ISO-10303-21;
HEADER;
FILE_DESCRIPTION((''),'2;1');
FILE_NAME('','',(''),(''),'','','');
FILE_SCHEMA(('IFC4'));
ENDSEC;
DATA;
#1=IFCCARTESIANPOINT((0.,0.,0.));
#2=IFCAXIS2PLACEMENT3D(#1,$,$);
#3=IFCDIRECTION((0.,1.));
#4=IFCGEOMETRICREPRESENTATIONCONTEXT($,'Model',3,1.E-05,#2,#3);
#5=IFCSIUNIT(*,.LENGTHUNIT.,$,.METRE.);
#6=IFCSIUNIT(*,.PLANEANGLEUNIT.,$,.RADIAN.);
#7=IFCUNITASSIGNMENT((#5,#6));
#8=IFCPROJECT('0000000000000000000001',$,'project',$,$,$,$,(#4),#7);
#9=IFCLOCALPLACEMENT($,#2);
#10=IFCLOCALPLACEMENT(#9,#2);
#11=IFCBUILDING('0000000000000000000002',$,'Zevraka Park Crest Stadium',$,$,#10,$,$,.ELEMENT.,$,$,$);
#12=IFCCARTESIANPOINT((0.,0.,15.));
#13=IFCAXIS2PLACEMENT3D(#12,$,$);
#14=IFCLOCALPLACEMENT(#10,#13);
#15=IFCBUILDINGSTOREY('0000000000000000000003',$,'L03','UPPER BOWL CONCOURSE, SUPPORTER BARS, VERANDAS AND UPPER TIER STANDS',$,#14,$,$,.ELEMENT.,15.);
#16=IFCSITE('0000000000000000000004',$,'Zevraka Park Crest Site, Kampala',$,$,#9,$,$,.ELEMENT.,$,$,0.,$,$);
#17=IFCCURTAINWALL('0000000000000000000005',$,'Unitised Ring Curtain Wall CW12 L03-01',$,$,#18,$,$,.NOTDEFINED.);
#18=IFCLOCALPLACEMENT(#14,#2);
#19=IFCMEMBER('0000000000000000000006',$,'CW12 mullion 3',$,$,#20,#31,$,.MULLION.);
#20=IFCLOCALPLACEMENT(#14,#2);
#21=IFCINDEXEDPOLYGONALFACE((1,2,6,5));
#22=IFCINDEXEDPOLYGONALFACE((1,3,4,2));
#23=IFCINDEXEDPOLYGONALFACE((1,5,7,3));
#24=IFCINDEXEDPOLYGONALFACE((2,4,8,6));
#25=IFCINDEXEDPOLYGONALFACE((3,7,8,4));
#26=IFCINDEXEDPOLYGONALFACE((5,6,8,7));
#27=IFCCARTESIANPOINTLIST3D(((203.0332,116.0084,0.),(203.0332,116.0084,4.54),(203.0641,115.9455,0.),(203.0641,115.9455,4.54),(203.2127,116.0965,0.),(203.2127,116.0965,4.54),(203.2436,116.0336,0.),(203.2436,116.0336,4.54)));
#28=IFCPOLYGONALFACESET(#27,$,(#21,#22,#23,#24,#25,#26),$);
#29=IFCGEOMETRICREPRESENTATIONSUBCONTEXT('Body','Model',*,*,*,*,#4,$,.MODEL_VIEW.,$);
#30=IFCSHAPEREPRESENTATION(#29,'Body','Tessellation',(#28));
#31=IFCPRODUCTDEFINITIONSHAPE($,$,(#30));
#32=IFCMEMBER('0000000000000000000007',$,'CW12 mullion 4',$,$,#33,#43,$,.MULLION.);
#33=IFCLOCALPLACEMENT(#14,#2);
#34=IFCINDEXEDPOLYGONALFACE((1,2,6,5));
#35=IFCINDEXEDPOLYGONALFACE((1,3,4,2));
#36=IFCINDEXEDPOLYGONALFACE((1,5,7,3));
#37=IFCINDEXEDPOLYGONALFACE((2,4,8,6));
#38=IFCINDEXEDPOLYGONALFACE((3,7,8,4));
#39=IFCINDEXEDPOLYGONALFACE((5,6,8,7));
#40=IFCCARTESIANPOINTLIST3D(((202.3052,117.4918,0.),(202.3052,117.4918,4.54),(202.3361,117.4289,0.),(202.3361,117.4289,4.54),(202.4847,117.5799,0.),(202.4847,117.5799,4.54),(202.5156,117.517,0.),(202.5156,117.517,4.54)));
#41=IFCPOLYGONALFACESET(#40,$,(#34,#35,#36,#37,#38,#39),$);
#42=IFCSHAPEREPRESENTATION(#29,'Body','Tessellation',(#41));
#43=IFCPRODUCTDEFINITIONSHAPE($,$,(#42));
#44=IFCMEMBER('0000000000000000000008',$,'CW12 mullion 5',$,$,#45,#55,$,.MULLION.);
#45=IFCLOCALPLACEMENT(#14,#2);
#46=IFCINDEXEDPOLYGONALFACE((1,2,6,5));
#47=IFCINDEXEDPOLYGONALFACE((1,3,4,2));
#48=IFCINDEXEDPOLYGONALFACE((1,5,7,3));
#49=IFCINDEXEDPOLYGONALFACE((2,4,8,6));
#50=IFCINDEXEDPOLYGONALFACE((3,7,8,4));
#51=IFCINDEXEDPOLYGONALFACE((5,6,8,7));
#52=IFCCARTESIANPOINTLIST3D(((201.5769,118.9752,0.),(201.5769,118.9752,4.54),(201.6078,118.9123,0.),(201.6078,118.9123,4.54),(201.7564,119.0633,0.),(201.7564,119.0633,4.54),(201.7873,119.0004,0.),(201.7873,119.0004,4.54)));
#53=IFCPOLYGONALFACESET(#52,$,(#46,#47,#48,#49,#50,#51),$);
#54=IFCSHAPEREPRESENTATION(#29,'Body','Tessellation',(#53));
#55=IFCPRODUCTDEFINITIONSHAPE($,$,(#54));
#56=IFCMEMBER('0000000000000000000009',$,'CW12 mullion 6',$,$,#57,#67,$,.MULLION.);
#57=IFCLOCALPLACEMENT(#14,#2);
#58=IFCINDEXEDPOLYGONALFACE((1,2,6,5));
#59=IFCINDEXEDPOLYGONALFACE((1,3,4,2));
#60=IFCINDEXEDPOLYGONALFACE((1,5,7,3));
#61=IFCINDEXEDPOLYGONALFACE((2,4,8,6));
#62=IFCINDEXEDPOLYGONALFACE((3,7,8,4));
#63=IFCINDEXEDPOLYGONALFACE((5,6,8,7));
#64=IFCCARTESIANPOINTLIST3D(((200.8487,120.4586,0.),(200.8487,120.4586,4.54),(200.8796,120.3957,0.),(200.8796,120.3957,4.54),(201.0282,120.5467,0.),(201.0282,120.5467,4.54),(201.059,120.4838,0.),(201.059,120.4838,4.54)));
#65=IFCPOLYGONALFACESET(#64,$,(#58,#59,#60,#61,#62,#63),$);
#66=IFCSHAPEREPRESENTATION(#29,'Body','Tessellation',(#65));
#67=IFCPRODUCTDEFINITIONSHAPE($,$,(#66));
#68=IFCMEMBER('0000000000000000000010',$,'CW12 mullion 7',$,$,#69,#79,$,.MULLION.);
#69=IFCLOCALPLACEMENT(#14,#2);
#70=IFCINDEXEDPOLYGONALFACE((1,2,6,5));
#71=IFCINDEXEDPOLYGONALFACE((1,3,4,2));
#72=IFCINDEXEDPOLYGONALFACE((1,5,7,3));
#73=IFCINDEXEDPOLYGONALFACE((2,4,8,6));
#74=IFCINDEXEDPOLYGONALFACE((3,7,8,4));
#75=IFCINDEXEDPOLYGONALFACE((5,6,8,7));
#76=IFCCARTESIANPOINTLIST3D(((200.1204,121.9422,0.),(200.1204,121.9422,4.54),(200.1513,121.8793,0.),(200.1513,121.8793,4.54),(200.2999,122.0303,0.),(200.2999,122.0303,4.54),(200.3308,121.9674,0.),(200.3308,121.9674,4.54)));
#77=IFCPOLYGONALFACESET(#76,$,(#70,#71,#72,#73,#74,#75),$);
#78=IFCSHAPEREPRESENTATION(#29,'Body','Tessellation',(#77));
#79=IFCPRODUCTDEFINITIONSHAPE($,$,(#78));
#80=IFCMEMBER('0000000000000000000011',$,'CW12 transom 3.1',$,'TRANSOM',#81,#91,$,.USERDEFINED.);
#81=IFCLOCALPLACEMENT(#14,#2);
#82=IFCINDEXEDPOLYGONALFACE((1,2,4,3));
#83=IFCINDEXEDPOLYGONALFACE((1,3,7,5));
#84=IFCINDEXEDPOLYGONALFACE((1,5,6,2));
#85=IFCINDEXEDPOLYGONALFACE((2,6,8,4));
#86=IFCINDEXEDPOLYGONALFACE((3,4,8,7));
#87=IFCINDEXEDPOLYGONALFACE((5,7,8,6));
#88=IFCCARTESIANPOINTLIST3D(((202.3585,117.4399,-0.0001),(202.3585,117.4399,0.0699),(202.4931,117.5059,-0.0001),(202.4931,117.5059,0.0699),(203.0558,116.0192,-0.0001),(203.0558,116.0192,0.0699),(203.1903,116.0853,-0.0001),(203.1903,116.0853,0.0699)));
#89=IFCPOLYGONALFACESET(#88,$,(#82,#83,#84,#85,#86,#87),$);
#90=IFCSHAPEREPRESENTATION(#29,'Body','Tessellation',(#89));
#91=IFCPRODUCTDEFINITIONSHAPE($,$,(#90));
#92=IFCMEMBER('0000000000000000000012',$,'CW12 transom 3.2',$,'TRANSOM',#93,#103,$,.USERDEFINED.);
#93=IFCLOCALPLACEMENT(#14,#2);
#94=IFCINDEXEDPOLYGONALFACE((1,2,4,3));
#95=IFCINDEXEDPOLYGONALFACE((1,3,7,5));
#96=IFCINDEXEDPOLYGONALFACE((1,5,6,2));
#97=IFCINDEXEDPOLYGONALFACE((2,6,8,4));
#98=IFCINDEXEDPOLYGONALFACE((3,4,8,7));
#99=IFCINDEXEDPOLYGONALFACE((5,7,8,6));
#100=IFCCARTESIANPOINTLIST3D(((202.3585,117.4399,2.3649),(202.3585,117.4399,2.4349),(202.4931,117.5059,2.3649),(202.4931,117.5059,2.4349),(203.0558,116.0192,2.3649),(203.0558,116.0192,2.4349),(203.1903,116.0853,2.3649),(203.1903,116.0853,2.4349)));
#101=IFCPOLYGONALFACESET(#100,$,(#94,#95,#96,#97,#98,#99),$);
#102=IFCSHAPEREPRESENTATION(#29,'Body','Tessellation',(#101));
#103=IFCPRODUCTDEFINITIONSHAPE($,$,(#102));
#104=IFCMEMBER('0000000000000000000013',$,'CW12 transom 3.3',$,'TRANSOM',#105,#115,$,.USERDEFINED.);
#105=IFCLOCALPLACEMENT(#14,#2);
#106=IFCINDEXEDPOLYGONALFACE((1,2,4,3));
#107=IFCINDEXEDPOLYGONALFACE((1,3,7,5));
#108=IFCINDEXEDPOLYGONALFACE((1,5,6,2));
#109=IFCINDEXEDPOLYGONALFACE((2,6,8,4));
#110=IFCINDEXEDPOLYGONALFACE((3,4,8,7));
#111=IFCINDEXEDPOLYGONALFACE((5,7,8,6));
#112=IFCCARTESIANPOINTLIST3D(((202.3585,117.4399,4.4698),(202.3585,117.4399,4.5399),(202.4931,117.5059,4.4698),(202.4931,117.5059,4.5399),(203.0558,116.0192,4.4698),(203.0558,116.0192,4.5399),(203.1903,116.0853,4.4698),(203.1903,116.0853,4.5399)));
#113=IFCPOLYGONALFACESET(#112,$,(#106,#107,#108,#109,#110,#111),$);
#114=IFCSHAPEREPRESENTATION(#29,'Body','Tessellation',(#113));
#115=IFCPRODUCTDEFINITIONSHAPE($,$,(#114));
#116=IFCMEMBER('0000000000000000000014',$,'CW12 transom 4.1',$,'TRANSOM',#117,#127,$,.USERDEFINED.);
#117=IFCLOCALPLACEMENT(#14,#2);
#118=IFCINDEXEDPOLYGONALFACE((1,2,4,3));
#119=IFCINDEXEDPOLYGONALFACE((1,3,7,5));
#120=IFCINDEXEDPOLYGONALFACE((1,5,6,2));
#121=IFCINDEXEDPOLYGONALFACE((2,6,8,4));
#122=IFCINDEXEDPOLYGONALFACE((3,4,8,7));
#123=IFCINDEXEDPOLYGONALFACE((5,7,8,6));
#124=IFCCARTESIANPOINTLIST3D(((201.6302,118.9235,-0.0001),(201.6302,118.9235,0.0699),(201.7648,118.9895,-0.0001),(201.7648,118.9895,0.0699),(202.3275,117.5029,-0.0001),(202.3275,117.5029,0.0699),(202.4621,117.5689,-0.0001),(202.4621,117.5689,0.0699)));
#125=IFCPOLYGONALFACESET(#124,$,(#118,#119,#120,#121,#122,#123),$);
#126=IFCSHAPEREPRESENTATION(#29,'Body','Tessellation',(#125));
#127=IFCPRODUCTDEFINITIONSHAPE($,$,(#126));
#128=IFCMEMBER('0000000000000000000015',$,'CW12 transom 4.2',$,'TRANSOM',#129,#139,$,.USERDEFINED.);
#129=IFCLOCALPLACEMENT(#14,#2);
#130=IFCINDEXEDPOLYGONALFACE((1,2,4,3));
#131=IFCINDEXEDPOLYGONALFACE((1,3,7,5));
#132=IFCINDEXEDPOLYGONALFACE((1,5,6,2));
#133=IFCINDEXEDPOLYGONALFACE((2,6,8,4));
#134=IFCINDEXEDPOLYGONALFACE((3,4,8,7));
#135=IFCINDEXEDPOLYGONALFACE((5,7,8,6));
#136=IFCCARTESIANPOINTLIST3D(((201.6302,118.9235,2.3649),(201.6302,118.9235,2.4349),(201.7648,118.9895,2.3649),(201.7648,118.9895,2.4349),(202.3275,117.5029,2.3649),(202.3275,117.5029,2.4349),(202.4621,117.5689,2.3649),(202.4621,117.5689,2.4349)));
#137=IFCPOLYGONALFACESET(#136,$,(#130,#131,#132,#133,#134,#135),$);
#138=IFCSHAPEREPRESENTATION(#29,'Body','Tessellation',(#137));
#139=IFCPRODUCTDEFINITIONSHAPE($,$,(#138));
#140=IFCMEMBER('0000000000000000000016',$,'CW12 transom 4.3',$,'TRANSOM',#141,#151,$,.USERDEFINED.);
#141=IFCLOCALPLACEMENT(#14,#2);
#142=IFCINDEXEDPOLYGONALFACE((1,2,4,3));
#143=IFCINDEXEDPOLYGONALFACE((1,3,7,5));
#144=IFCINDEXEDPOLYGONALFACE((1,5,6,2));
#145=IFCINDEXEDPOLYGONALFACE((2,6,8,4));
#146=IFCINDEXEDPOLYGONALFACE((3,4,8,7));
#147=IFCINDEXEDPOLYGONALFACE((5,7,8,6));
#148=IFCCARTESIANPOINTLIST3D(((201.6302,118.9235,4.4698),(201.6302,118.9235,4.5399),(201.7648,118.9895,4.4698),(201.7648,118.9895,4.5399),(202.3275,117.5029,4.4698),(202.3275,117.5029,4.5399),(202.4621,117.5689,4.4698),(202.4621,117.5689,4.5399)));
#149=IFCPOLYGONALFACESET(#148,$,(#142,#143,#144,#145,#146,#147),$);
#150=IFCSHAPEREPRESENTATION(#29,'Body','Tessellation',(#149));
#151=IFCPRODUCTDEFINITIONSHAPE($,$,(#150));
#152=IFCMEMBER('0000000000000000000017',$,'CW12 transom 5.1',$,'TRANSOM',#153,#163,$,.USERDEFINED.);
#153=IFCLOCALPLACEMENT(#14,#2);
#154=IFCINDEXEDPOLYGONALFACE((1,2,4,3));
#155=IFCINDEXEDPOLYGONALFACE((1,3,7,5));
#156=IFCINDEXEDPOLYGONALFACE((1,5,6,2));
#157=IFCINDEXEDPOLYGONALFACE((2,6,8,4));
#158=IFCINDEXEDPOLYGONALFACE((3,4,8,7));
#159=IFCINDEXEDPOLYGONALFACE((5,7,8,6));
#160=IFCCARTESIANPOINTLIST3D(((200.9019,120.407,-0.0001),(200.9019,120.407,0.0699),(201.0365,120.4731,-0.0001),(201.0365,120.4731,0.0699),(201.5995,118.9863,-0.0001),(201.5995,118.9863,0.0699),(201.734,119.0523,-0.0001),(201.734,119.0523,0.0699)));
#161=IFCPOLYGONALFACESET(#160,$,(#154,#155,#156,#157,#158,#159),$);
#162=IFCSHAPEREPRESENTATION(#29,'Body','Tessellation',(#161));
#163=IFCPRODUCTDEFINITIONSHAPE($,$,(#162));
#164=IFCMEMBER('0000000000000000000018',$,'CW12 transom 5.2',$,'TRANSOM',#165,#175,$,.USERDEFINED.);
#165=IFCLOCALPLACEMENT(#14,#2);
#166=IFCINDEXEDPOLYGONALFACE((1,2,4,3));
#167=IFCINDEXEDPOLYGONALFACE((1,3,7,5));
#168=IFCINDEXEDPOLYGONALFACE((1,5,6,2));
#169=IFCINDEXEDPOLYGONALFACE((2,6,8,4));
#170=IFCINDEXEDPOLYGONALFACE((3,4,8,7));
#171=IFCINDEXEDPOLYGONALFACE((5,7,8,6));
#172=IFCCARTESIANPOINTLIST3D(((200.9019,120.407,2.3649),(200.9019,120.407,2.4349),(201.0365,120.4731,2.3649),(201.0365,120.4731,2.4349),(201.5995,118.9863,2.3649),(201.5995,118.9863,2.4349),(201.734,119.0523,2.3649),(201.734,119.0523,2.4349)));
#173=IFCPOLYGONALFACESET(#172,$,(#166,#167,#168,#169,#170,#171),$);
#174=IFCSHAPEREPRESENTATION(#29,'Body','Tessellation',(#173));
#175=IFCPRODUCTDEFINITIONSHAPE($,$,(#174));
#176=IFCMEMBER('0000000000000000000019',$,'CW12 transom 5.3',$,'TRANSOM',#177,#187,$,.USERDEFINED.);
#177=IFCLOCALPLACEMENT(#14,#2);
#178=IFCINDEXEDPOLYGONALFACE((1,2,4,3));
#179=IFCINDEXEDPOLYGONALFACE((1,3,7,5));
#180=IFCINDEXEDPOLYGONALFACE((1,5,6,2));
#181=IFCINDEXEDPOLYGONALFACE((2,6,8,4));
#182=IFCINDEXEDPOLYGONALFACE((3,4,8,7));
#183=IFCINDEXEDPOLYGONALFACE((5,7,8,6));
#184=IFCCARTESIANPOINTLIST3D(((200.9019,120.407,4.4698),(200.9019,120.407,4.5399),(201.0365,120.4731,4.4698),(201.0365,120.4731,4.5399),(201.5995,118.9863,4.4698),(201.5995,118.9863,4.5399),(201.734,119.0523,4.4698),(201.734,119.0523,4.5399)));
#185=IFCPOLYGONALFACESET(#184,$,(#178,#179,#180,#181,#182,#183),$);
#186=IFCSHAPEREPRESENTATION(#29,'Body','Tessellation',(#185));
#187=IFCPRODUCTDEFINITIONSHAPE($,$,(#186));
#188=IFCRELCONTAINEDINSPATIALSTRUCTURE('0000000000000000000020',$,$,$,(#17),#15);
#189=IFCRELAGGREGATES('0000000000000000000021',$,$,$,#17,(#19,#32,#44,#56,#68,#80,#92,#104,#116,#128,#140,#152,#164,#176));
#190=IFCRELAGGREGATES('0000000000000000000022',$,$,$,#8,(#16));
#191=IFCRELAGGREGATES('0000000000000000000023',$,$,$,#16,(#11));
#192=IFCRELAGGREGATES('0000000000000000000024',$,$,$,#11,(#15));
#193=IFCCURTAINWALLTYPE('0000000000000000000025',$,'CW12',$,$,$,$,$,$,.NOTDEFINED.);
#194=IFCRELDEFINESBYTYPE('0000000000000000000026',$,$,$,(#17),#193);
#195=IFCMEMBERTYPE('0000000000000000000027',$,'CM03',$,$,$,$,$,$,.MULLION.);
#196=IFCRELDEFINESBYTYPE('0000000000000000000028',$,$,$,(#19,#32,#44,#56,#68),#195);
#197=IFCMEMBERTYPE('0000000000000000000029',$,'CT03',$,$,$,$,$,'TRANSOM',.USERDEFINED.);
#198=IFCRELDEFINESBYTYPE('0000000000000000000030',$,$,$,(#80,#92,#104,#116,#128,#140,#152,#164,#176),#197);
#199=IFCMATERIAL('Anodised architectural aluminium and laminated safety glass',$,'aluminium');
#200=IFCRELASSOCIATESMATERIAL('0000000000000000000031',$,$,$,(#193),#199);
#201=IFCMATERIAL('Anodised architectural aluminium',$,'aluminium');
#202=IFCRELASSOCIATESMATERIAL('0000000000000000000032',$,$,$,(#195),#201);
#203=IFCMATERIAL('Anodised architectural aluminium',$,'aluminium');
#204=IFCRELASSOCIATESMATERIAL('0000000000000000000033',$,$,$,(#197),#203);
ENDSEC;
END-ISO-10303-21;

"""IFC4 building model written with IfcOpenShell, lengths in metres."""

from ifc_helpers import new_model, si_unit, direction, frame, origin, origin_2d, place, context, subcontext, project, spatial, rectangle, extrude, material, material_profile, profile_set, type_object, element, aggregate, save


model = new_model("IFC4")

# Units and contexts
model_context = context("Model", 3, precision=1e-05, world=origin(), true_north=direction((0.0, 1.0)))
body_context = subcontext(model_context, "Body", "Model", "MODEL_VIEW")
ifc_project = project(units=[si_unit("LENGTHUNIT", "METRE"), si_unit("PLANEANGLEUNIT", "RADIAN")], contexts=[model_context])

# Site, building, storey
site_placement = place(None, origin())
site = spatial("IfcSite", under=ifc_project, at=site_placement, Name="Zevraka Park Crest Site, Kampala", CompositionType="ELEMENT", RefElevation=0.0)
building_placement = place(site_placement, origin())
building = spatial("IfcBuilding", under=site, at=building_placement, Name="Zevraka Park Crest Stadium", CompositionType="ELEMENT")
storey_placement = place(building_placement, frame((0.0, 0.0, 15.0)))
storey = spatial("IfcBuildingStorey", under=building, at=storey_placement, Name="L03", Description="UPPER BOWL CONCOURSE, SUPPORTER BARS, VERANDAS AND UPPER TIER STANDS", CompositionType="ELEMENT", Elevation=15.0)

# Curtain wall, members
ifc_material_1 = material(Name="Anodised architectural aluminium and laminated safety glass", Category="aluminium")
curtain_wall_type = type_object("IfcCurtainWallType", Name="CW12", PredefinedType="NOTDEFINED", material=ifc_material_1)
curtain_wall_placement = place(storey_placement, origin())
curtain_wall = element("IfcCurtainWall", 1, at=curtain_wall_placement, inside=storey, type_object=curtain_wall_type, Name="Unitised Ring Curtain Wall CW12 L03-01", PredefinedType="NOTDEFINED")
ifc_material_2 = material(Name="Anodised architectural aluminium", Category="aluminium")
ifc_material_profile_1 = material_profile(ifc_material_2, rectangle(XDim=0.2, YDim=0.0701, at=origin_2d()), Name="ALU MULLION 200x70")
ifc_profile_set_1 = profile_set([ifc_material_profile_1], Name="Anodised architectural aluminium")
member_type_1 = type_object("IfcMemberType", Name="CM03", PredefinedType="MULLION", material=ifc_profile_set_1)
member_1_placement = place(storey_placement, frame((203.1384, 116.021, 0.0), z_axis=(0.0, 0.0, 1.0), x_axis=(-0.897671, -0.440666, 0.0)))
member_1 = element("IfcMember", 2, at=member_1_placement, type_object=member_type_1, Name="CW12 mullion 3", PredefinedType="MULLION", context=body_context, shape_type="SweptSolid", body=[
    extrude(rectangle(XDim=0.2, YDim=0.0701, at=origin_2d()), origin(), (0.0, 0.0, 1.0), 4.54),
])
member_2_placement = place(storey_placement, frame((202.4104, 117.5044, 0.0), z_axis=(0.0, 0.0, 1.0), x_axis=(-0.897671, -0.440666, 0.0)))
member_2 = element("IfcMember", 3, at=member_2_placement, type_object=member_type_1, Name="CW12 mullion 4", PredefinedType="MULLION", context=body_context, shape_type="SweptSolid", body=[
    extrude(rectangle(XDim=0.2, YDim=0.0701, at=origin_2d()), origin(), (0.0, 0.0, 1.0), 4.54),
])
member_3_placement = place(storey_placement, frame((201.6821, 118.9878, 0.0), z_axis=(0.0, 0.0, 1.0), x_axis=(-0.897671, -0.440666, 0.0)))
member_3 = element("IfcMember", 4, at=member_3_placement, type_object=member_type_1, Name="CW12 mullion 5", PredefinedType="MULLION", context=body_context, shape_type="SweptSolid", body=[
    extrude(rectangle(XDim=0.2, YDim=0.0701, at=origin_2d()), origin(), (0.0, 0.0, 1.0), 4.54),
])
member_4_placement = place(storey_placement, frame((200.9539, 120.4712, 0.0), z_axis=(0.0, 0.0, 1.0), x_axis=(-0.897671, -0.440666, 0.0)))
member_4 = element("IfcMember", 5, at=member_4_placement, type_object=member_type_1, Name="CW12 mullion 6", PredefinedType="MULLION", context=body_context, shape_type="SweptSolid", body=[
    extrude(rectangle(XDim=0.2, YDim=0.0701, at=origin_2d()), origin(), (0.0, 0.0, 1.0), 4.54),
])
member_5_placement = place(storey_placement, frame((200.2256, 121.9548, 0.0), z_axis=(0.0, 0.0, 1.0), x_axis=(-0.897671, -0.440666, 0.0)))
member_5 = element("IfcMember", 6, at=member_5_placement, type_object=member_type_1, Name="CW12 mullion 7", PredefinedType="MULLION", context=body_context, shape_type="SweptSolid", body=[
    extrude(rectangle(XDim=0.2, YDim=0.0701, at=origin_2d()), origin(), (0.0, 0.0, 1.0), 4.54),
])
ifc_material_3 = material(Name="Anodised architectural aluminium", Category="aluminium")
ifc_material_profile_2 = material_profile(ifc_material_3, rectangle(XDim=0.1499, YDim=0.0701, at=origin_2d()), Name="ALU TRANSOM 150x70")
ifc_profile_set_2 = profile_set([ifc_material_profile_2], Name="Anodised architectural aluminium")
member_type_2 = type_object("IfcMemberType", Name="CT03", ElementType="TRANSOM", PredefinedType="USERDEFINED", material=ifc_profile_set_2)
member_6_placement = place(storey_placement, frame((203.123, 116.0522, 0.0349), z_axis=(-0.440599, 0.897704, 0.0), x_axis=(-0.897704, -0.440599, 0.0)))
member_6 = element("IfcMember", 7, at=member_6_placement, type_object=member_type_2, Name="CW12 transom 3.1", ObjectType="TRANSOM", PredefinedType="USERDEFINED", context=body_context, shape_type="SweptSolid", body=[
    extrude(rectangle(XDim=0.1499, YDim=0.0701, at=origin_2d()), origin(), (0.0, 0.0, 1.0), 1.5825),
])
member_7_placement = place(storey_placement, frame((203.123, 116.0522, 2.3999), z_axis=(-0.440599, 0.897704, 0.0), x_axis=(-0.897704, -0.440599, 0.0)))
member_7 = element("IfcMember", 8, at=member_7_placement, type_object=member_type_2, Name="CW12 transom 3.2", ObjectType="TRANSOM", PredefinedType="USERDEFINED", context=body_context, shape_type="SweptSolid", body=[
    extrude(rectangle(XDim=0.1499, YDim=0.0701, at=origin_2d()), origin(), (0.0, 0.0, 1.0), 1.5825),
])
member_8_placement = place(storey_placement, frame((203.123, 116.0522, 4.5049), z_axis=(-0.440599, 0.897704, 0.0), x_axis=(-0.897704, -0.440599, 0.0)))
member_8 = element("IfcMember", 9, at=member_8_placement, type_object=member_type_2, Name="CW12 transom 3.3", ObjectType="TRANSOM", PredefinedType="USERDEFINED", context=body_context, shape_type="SweptSolid", body=[
    extrude(rectangle(XDim=0.1499, YDim=0.0701, at=origin_2d()), origin(), (0.0, 0.0, 1.0), 1.5825),
])
member_9_placement = place(storey_placement, frame((202.3948, 117.5359, 0.0349), z_axis=(-0.440599, 0.897704, 0.0), x_axis=(-0.897704, -0.440599, 0.0)))
member_9 = element("IfcMember", 10, at=member_9_placement, type_object=member_type_2, Name="CW12 transom 4.1", ObjectType="TRANSOM", PredefinedType="USERDEFINED", context=body_context, shape_type="SweptSolid", body=[
    extrude(rectangle(XDim=0.1499, YDim=0.0701, at=origin_2d()), origin(), (0.0, 0.0, 1.0), 1.5825),
])
member_10_placement = place(storey_placement, frame((202.3948, 117.5359, 2.3999), z_axis=(-0.440599, 0.897704, 0.0), x_axis=(-0.897704, -0.440599, 0.0)))
member_10 = element("IfcMember", 11, at=member_10_placement, type_object=member_type_2, Name="CW12 transom 4.2", ObjectType="TRANSOM", PredefinedType="USERDEFINED", context=body_context, shape_type="SweptSolid", body=[
    extrude(rectangle(XDim=0.1499, YDim=0.0701, at=origin_2d()), origin(), (0.0, 0.0, 1.0), 1.5825),
])
member_11_placement = place(storey_placement, frame((202.3948, 117.5359, 4.5049), z_axis=(-0.440599, 0.897704, 0.0), x_axis=(-0.897704, -0.440599, 0.0)))
member_11 = element("IfcMember", 12, at=member_11_placement, type_object=member_type_2, Name="CW12 transom 4.3", ObjectType="TRANSOM", PredefinedType="USERDEFINED", context=body_context, shape_type="SweptSolid", body=[
    extrude(rectangle(XDim=0.1499, YDim=0.0701, at=origin_2d()), origin(), (0.0, 0.0, 1.0), 1.5825),
])
member_12_placement = place(storey_placement, frame((201.6667, 119.0193, 0.0349), z_axis=(-0.440723, 0.897643, 0.0), x_axis=(-0.897643, -0.440723, 0.0)))
member_12 = element("IfcMember", 13, at=member_12_placement, type_object=member_type_2, Name="CW12 transom 5.1", ObjectType="TRANSOM", PredefinedType="USERDEFINED", context=body_context, shape_type="SweptSolid", body=[
    extrude(rectangle(XDim=0.1499, YDim=0.0701, at=origin_2d()), origin(), (0.0, 0.0, 1.0), 1.5828),
])
member_13_placement = place(storey_placement, frame((201.6667, 119.0193, 2.3999), z_axis=(-0.440723, 0.897643, 0.0), x_axis=(-0.897643, -0.440723, 0.0)))
member_13 = element("IfcMember", 14, at=member_13_placement, type_object=member_type_2, Name="CW12 transom 5.2", ObjectType="TRANSOM", PredefinedType="USERDEFINED", context=body_context, shape_type="SweptSolid", body=[
    extrude(rectangle(XDim=0.1499, YDim=0.0701, at=origin_2d()), origin(), (0.0, 0.0, 1.0), 1.5828),
])
member_14_placement = place(storey_placement, frame((201.6667, 119.0193, 4.5049), z_axis=(-0.440723, 0.897643, 0.0), x_axis=(-0.897643, -0.440723, 0.0)))
member_14 = element("IfcMember", 15, at=member_14_placement, type_object=member_type_2, Name="CW12 transom 5.3", ObjectType="TRANSOM", PredefinedType="USERDEFINED", context=body_context, shape_type="SweptSolid", body=[
    extrude(rectangle(XDim=0.1499, YDim=0.0701, at=origin_2d()), origin(), (0.0, 0.0, 1.0), 1.5828),
])
aggregate(curtain_wall, [member_1, member_2, member_3, member_4, member_5, member_6, member_7, member_8, member_9, member_10, member_11, member_12, member_13, member_14])

save(model, "model.ifc")
